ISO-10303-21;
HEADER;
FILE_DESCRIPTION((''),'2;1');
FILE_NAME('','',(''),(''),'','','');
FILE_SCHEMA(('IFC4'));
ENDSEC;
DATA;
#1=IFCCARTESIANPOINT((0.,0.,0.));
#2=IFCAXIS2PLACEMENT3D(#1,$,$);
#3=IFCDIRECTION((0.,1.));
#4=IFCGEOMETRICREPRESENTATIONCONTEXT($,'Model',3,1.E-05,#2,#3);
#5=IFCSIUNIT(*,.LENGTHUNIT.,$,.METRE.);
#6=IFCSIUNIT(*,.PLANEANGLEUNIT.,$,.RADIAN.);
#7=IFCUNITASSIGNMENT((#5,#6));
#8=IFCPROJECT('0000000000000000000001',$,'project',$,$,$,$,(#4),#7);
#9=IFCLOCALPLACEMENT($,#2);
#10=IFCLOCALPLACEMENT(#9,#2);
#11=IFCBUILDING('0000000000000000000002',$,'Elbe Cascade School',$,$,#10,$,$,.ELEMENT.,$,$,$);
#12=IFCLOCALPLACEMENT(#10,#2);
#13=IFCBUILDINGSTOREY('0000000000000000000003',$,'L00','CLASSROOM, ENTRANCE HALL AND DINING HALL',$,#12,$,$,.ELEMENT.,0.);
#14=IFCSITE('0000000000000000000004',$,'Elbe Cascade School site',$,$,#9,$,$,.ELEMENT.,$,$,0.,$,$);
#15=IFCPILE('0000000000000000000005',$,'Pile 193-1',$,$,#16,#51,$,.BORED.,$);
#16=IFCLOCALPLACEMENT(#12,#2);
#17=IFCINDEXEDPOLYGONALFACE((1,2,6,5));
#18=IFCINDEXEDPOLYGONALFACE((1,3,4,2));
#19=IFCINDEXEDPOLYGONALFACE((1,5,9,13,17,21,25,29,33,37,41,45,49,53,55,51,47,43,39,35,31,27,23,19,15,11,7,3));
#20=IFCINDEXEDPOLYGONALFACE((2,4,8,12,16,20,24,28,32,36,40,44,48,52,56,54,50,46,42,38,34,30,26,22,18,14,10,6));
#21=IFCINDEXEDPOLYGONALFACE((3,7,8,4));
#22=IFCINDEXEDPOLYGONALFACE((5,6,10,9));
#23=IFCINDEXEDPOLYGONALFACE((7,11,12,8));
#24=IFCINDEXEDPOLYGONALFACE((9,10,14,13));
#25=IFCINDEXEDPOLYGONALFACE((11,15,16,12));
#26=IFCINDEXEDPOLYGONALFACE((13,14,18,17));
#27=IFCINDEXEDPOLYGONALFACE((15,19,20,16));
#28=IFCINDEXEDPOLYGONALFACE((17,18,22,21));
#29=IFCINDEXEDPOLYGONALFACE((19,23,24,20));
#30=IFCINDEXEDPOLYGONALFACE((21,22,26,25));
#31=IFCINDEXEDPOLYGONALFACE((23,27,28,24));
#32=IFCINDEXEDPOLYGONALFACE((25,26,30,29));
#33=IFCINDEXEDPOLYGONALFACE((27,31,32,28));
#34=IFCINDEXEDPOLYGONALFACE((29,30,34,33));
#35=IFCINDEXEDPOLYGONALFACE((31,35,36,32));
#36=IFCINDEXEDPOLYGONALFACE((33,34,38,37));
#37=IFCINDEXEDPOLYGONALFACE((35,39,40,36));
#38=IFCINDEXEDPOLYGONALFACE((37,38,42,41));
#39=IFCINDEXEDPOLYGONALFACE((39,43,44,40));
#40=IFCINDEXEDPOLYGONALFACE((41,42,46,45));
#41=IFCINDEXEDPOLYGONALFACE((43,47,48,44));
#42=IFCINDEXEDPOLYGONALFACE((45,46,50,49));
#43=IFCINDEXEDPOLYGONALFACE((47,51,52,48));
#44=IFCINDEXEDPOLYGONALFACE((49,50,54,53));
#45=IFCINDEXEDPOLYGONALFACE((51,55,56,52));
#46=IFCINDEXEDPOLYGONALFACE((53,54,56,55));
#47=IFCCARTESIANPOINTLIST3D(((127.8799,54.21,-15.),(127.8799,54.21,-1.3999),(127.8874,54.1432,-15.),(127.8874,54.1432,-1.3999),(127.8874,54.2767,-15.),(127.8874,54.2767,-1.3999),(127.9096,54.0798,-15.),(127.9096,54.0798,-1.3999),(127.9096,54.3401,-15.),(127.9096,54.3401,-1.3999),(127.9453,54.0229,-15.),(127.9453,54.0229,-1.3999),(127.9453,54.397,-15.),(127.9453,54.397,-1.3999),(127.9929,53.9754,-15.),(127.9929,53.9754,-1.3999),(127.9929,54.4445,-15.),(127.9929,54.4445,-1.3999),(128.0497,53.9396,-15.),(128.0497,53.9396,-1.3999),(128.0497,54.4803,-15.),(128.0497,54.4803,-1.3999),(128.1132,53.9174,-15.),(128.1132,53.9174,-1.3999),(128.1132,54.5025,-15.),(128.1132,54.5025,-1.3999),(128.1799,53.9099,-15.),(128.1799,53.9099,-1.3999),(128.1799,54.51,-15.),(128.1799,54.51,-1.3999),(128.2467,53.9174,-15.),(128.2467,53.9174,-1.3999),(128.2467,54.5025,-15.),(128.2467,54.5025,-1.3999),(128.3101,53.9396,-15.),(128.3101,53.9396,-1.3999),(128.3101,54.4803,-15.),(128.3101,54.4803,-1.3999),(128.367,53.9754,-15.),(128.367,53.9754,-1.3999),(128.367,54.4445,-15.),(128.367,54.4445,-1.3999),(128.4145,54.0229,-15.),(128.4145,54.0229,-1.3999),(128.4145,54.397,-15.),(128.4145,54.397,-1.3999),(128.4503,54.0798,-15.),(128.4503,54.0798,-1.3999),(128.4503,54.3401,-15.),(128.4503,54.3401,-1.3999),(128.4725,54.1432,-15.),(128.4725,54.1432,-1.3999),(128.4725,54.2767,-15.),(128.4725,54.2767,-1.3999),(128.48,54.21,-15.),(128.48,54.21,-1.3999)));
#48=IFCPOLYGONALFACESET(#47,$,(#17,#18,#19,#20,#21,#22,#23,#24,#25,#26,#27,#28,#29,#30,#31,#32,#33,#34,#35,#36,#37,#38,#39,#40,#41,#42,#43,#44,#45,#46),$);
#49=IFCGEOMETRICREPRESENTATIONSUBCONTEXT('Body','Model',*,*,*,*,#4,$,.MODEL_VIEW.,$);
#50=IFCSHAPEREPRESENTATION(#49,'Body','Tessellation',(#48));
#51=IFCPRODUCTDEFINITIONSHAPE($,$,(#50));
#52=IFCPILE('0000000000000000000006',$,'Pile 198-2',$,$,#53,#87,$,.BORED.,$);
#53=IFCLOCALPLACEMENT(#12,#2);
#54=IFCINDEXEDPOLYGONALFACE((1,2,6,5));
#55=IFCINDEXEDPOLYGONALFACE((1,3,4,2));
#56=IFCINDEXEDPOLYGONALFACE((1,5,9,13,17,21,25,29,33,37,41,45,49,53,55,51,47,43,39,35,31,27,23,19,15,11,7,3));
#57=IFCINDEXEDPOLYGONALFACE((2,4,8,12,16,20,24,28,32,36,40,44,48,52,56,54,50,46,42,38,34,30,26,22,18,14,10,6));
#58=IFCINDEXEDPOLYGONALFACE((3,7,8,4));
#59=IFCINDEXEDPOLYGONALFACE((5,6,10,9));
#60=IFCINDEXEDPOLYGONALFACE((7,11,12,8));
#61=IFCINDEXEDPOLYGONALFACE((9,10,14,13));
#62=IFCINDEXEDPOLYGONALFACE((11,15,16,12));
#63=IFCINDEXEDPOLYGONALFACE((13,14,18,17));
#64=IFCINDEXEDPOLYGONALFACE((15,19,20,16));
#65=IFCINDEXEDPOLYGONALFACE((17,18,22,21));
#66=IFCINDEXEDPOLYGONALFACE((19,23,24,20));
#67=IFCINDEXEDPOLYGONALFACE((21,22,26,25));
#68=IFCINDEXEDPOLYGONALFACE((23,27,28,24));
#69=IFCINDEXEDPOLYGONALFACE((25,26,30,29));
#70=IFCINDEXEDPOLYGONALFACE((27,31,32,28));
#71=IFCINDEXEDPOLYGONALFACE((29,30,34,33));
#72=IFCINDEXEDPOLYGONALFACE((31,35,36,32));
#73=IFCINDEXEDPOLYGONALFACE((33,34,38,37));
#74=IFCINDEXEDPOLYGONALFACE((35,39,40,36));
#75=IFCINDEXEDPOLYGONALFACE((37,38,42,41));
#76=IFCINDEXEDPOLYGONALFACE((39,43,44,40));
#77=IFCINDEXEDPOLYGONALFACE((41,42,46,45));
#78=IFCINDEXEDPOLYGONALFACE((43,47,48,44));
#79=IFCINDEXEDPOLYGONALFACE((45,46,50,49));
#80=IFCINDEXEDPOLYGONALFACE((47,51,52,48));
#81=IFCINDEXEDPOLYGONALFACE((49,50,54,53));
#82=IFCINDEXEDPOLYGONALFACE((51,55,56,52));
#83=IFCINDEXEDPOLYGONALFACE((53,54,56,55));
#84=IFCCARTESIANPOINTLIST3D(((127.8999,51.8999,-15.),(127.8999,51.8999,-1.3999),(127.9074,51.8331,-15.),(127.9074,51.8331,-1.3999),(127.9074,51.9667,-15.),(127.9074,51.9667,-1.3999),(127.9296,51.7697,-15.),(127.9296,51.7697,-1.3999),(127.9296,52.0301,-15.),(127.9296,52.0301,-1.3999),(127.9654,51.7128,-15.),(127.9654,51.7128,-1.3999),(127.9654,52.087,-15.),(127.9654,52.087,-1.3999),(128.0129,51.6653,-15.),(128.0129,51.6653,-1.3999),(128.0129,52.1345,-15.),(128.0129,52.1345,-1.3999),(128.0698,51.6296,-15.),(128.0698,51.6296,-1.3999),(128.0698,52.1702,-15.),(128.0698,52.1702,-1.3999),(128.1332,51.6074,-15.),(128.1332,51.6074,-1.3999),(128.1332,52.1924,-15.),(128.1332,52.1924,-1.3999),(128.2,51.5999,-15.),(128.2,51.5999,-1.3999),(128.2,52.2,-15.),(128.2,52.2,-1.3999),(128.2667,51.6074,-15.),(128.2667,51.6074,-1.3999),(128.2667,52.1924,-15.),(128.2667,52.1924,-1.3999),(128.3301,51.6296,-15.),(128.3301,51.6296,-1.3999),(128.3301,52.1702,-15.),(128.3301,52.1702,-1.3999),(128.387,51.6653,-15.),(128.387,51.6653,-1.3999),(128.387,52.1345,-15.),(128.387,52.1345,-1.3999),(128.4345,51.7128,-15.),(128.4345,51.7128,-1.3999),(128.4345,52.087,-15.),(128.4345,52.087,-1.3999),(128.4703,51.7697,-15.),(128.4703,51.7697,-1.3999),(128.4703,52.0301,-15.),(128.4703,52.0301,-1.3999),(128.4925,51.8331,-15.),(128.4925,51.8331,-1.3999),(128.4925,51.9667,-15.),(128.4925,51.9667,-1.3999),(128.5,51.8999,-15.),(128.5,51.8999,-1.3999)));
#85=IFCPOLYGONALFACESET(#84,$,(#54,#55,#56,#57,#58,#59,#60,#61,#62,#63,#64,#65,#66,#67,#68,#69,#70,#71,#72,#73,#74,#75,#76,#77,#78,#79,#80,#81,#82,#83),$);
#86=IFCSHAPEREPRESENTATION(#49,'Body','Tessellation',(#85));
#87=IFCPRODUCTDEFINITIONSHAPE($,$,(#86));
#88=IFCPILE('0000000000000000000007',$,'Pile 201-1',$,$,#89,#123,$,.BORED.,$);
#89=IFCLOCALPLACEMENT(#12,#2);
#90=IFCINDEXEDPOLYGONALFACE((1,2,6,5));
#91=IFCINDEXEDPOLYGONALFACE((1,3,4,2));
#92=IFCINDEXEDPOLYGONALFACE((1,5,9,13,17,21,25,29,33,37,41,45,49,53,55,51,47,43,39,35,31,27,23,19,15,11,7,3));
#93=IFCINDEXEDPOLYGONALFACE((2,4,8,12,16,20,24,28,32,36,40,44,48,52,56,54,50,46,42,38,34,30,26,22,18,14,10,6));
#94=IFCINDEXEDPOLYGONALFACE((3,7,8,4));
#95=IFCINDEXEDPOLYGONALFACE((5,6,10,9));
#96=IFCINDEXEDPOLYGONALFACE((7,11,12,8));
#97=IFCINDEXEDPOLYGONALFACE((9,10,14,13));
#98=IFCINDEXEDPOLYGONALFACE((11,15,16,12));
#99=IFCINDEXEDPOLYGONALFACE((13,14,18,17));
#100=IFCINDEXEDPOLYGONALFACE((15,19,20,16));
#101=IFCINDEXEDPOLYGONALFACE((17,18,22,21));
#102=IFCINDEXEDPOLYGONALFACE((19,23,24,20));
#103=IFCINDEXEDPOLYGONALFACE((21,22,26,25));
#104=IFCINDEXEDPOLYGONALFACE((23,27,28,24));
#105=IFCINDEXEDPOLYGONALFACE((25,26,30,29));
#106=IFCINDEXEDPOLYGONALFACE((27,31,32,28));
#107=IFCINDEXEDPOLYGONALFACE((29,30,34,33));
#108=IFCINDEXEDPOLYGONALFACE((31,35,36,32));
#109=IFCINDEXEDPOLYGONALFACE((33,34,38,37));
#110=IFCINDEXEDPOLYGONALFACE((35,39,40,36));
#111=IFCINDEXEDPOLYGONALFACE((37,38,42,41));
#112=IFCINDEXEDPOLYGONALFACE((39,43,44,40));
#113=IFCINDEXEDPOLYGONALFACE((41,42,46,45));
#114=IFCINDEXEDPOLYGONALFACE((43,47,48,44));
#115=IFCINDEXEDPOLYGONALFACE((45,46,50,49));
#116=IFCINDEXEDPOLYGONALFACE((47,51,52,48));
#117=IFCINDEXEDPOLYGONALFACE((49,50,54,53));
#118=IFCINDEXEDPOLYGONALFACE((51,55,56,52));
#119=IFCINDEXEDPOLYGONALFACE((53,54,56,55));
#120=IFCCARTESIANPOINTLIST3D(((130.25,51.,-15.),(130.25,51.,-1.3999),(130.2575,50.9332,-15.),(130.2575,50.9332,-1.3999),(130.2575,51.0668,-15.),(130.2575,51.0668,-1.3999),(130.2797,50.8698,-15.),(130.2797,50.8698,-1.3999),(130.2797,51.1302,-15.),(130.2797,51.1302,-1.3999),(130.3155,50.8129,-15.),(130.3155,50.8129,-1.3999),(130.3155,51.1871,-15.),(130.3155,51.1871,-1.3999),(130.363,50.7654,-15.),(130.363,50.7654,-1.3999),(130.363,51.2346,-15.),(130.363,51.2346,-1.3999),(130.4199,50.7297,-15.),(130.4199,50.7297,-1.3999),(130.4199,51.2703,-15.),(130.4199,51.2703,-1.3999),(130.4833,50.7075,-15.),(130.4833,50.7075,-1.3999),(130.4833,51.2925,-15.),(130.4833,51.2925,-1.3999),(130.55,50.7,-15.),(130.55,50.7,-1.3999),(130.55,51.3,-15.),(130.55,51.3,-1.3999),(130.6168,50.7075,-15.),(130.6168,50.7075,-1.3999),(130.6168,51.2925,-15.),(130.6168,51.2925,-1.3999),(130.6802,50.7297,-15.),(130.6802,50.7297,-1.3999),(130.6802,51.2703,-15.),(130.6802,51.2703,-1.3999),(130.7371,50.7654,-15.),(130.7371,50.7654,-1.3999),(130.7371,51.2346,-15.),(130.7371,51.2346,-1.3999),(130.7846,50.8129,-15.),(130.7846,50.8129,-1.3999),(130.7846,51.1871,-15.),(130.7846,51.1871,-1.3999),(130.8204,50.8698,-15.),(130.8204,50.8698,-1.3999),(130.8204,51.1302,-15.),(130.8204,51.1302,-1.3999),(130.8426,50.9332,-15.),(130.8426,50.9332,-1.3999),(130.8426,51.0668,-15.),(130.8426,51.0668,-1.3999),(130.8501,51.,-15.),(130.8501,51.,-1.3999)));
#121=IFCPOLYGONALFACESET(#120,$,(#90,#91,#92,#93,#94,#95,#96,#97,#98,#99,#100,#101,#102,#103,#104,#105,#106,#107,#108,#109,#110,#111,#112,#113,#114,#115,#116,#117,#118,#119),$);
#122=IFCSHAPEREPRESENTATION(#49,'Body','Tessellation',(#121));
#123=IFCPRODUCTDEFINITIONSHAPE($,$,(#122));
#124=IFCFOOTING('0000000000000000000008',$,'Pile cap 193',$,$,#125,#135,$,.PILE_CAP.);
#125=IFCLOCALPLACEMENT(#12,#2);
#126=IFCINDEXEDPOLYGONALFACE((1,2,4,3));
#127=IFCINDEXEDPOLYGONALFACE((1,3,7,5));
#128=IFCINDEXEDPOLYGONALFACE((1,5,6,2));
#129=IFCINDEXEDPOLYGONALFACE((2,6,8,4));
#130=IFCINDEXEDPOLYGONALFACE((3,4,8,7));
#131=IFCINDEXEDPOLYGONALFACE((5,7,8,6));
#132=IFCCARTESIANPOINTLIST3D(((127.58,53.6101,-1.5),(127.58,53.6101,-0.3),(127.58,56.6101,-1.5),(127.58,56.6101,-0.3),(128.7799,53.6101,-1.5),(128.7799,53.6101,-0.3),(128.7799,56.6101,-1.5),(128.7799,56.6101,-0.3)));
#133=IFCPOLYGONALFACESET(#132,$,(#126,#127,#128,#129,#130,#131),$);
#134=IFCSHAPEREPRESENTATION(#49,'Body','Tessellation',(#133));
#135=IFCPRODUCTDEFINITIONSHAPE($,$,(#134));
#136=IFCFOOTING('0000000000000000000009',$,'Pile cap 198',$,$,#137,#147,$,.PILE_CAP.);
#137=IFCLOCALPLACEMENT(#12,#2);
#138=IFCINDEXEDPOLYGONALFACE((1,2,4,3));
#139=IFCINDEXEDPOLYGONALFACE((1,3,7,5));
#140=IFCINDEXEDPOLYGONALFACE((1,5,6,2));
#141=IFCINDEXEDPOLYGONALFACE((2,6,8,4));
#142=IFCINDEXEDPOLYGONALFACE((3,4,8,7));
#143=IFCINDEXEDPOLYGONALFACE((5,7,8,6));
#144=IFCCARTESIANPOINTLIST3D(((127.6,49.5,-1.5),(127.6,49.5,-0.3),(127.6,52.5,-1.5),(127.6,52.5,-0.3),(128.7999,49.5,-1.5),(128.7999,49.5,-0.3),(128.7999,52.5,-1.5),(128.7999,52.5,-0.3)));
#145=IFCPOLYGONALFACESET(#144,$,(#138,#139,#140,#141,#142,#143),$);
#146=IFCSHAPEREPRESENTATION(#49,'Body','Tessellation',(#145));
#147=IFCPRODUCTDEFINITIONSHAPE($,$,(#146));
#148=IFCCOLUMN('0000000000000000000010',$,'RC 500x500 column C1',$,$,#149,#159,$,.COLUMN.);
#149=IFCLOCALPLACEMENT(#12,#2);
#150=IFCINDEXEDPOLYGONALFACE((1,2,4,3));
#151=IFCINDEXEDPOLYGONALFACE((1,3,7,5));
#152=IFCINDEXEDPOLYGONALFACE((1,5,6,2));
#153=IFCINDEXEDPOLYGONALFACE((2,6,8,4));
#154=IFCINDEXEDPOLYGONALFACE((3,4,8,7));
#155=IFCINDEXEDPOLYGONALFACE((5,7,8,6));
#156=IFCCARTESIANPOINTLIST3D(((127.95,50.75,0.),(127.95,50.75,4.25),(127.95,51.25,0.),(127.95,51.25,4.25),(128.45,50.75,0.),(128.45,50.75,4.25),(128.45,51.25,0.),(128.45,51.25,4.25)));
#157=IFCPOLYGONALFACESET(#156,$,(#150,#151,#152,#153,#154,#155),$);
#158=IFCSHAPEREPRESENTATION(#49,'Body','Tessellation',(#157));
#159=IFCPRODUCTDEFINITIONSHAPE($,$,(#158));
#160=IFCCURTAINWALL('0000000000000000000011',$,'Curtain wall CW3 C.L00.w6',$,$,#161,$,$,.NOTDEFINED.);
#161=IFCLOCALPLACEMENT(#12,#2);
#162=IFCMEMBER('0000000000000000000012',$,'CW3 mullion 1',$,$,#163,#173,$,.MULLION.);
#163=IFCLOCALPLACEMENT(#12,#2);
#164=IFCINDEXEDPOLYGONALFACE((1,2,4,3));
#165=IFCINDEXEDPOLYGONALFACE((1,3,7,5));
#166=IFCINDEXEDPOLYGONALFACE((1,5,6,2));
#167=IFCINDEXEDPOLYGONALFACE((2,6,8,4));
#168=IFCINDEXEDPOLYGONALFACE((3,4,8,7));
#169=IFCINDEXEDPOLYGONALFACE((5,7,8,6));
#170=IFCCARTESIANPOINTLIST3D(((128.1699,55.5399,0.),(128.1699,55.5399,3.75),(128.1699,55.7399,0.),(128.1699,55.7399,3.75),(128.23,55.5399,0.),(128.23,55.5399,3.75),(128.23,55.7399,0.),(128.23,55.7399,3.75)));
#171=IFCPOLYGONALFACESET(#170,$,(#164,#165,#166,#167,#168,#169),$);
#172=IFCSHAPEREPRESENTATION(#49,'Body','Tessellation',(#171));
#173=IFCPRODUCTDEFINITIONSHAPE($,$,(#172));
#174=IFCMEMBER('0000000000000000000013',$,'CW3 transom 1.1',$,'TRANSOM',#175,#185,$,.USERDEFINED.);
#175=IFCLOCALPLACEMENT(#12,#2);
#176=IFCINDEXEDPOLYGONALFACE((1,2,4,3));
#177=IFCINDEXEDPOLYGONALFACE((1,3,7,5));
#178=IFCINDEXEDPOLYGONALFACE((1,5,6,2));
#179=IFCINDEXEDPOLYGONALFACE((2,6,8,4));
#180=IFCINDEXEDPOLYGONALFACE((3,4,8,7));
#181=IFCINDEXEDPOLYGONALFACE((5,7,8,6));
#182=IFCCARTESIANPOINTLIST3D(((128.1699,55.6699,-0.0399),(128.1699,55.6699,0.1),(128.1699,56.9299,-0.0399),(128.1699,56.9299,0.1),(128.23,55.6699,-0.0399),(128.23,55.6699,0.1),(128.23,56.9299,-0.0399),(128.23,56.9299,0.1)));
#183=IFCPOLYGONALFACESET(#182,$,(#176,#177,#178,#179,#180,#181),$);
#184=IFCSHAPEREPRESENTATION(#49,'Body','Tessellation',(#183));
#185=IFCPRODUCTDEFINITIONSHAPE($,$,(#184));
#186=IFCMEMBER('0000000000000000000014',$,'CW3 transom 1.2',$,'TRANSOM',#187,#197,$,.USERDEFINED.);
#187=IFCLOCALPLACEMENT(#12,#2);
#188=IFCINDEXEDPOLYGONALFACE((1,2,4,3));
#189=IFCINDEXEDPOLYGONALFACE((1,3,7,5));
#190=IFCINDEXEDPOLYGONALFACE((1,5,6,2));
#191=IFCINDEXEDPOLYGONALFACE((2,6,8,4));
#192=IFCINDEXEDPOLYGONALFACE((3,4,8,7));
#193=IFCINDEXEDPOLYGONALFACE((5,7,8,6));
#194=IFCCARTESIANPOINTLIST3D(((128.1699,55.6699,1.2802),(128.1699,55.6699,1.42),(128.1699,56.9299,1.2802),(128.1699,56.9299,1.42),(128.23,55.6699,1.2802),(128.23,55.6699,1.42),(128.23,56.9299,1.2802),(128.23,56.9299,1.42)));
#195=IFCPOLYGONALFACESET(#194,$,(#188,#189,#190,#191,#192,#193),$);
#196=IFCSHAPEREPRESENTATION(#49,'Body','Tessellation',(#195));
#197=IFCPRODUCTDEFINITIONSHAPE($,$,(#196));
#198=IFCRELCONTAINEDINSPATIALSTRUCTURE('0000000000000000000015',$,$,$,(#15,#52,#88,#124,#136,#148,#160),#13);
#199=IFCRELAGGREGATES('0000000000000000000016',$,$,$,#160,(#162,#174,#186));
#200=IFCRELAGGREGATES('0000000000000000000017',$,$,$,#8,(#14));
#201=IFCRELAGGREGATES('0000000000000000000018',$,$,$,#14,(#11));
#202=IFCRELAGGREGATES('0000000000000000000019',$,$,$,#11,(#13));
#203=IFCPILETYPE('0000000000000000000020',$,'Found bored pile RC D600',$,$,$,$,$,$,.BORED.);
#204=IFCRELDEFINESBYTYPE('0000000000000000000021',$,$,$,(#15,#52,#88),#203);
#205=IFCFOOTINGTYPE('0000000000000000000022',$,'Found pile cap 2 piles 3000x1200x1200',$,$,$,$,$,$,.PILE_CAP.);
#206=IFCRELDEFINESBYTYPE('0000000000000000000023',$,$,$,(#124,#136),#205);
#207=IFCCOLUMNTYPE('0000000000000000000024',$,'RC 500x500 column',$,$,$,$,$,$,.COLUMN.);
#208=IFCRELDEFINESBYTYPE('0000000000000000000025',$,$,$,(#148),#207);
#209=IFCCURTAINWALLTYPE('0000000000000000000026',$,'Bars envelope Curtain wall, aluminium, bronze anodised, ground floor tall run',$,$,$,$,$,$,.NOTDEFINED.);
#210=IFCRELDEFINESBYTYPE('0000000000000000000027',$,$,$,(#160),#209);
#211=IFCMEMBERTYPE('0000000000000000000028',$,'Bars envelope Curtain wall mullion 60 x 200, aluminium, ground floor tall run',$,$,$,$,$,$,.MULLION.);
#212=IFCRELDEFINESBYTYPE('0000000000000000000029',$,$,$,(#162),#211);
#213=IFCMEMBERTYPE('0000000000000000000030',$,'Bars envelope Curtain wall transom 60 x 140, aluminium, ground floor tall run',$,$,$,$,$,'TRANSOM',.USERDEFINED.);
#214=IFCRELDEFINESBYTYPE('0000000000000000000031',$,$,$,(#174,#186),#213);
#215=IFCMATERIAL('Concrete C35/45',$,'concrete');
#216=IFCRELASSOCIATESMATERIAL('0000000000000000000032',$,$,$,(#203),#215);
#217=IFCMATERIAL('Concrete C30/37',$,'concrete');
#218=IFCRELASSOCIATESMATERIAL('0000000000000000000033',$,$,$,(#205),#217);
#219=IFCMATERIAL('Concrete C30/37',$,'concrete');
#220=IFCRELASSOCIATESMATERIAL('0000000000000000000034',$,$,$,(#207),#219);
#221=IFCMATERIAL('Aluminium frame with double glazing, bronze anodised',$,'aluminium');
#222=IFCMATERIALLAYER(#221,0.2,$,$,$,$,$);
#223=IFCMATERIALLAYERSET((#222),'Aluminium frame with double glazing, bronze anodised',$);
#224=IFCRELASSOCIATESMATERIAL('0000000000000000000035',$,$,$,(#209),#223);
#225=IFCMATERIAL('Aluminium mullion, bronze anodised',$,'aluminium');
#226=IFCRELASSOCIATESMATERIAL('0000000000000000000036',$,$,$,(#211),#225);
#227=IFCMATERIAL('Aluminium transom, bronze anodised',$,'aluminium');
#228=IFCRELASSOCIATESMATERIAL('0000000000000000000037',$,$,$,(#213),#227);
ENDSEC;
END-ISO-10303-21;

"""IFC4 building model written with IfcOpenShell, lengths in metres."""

from ifc_helpers import new_model, si_unit, direction, frame, origin, origin_2d, place, context, subcontext, project, spatial, rectangle, circle, extrude, material, layer, layer_set, material_profile, profile_set, type_object, element, aggregate, save


model = new_model("IFC4")

# Units and contexts
model_context = context("Model", 3, precision=1e-05, world=origin(), true_north=direction((0.0, 1.0)))
body_context = subcontext(model_context, "Body", "Model", "MODEL_VIEW")
ifc_project = project(units=[si_unit("LENGTHUNIT", "METRE"), si_unit("PLANEANGLEUNIT", "RADIAN")], contexts=[model_context])

# Site, building, storey
site_placement = place(None, origin())
site = spatial("IfcSite", under=ifc_project, at=site_placement, Name="Elbe Cascade School site", CompositionType="ELEMENT", RefElevation=0.0)
building_placement = place(site_placement, origin())
building = spatial("IfcBuilding", under=site, at=building_placement, Name="Elbe Cascade School", CompositionType="ELEMENT")
storey_placement = place(building_placement, origin())
storey = spatial("IfcBuildingStorey", under=building, at=storey_placement, Name="L00", Description="CLASSROOM, ENTRANCE HALL AND DINING HALL", CompositionType="ELEMENT", Elevation=0.0)

# Piles
ifc_material_1 = material(Name="Concrete C35/45", Category="concrete")
ifc_material_profile_1 = material_profile(ifc_material_1, circle(Radius=0.3, at=origin_2d()), Name="RC D600")
ifc_profile_set_1 = profile_set([ifc_material_profile_1], Name="Concrete C35/45")
pile_type = type_object("IfcPileType", Name="Found bored pile RC D600", PredefinedType="BORED", material=ifc_profile_set_1)
for number, where, z_axis, x_axis, name in (
    (1, (128.1799, 54.21, -1.3999), (0.0, 0.0, -1.0), (1.0, 0.0, 0.0), "Pile 193-1"),
    (2, (128.2, 51.8999, -1.3999), (0.0, 0.0, -1.0), (1.0, 0.0, 0.0), "Pile 198-2"),
    (3, (130.55, 51.0, -1.3999), (0.0, 0.0, -1.0), (1.0, 0.0, 0.0), "Pile 201-1"),
):
    element("IfcPile", number, at=place(storey_placement, frame(where, z_axis=z_axis, x_axis=x_axis)), inside=storey, type_object=pile_type, Name=name, PredefinedType="BORED", context=body_context, shape_type="SweptSolid", body=[
        extrude(circle(Radius=0.3, at=origin_2d()), origin(), (0.0, 0.0, 1.0), 13.6001),
    ])

# Footings
ifc_material_2 = material(Name="Concrete C30/37", Category="concrete")
footing_type = type_object("IfcFootingType", Name="Found pile cap 2 piles 3000x1200x1200", PredefinedType="PILE_CAP", material=ifc_material_2)
for number, where, z_axis, x_axis, name in (
    (4, (128.1799, 55.1101, -1.5), (0.0, 0.0, 1.0), (1.0, 0.0, 0.0), "Pile cap 193"),
    (5, (128.2, 51.0, -1.5), (0.0, 0.0, 1.0), (1.0, 0.0, 0.0), "Pile cap 198"),
):
    element("IfcFooting", number, at=place(storey_placement, frame(where, z_axis=z_axis, x_axis=x_axis)), inside=storey, type_object=footing_type, Name=name, PredefinedType="PILE_CAP", context=body_context, shape_type="SweptSolid", body=[
        extrude(rectangle(XDim=1.2, YDim=3.0, at=origin_2d()), origin(), (0.0, 0.0, 1.0), 1.2),
    ])

# Column
ifc_material_3 = material(Name="Concrete C30/37", Category="concrete")
ifc_material_profile_2 = material_profile(ifc_material_3, rectangle(XDim=0.5, YDim=0.5, at=origin_2d()), Name="RC 500x500")
ifc_profile_set_2 = profile_set([ifc_material_profile_2], Name="Concrete C30/37")
column_type = type_object("IfcColumnType", Name="RC 500x500 column", PredefinedType="COLUMN", material=ifc_profile_set_2)
column_placement = place(storey_placement, frame((128.2, 51.0, 0.0), z_axis=(0.0, 0.0, 1.0), x_axis=(1.0, 0.0, 0.0)))
element("IfcColumn", 6, at=column_placement, inside=storey, type_object=column_type, Name="RC 500x500 column C1", PredefinedType="COLUMN", context=body_context, shape_type="SweptSolid", body=[
    extrude(rectangle(XDim=0.5, YDim=0.5, at=origin_2d()), origin(), (0.0, 0.0, 1.0), 4.25),
])

# Curtain wall, members
ifc_material_4 = material(Name="Aluminium frame with double glazing, bronze anodised", Category="aluminium")
ifc_layer_1 = layer(ifc_material_4, 0.2)
ifc_layer_set_1 = layer_set([ifc_layer_1], Name="Aluminium frame with double glazing, bronze anodised")
curtain_wall_type = type_object("IfcCurtainWallType", Name="Bars envelope Curtain wall, aluminium, bronze anodised, ground floor tall run", PredefinedType="NOTDEFINED", material=ifc_layer_set_1)
curtain_wall_placement = place(storey_placement, origin())
curtain_wall = element("IfcCurtainWall", 7, at=curtain_wall_placement, inside=storey, type_object=curtain_wall_type, Name="Curtain wall CW3 C.L00.w6", PredefinedType="NOTDEFINED")
ifc_material_5 = material(Name="Aluminium mullion, bronze anodised", Category="aluminium")
ifc_material_profile_3 = material_profile(ifc_material_5, rectangle(XDim=0.0601, YDim=0.2, at=origin_2d()), Name="Bars envelope Curtain wall mullion 60 x 200, aluminium, ground floor tall run")
ifc_profile_set_3 = profile_set([ifc_material_profile_3], Name="Aluminium mullion, bronze anodised")
member_type_1 = type_object("IfcMemberType", Name="Bars envelope Curtain wall mullion 60 x 200, aluminium, ground floor tall run", PredefinedType="MULLION", material=ifc_profile_set_3)
member_1_placement = place(storey_placement, frame((128.2, 55.6399, 0.0), z_axis=(0.0, 0.0, 1.0), x_axis=(-1.0, 0.0, 0.0)))
member_1 = element("IfcMember", 8, at=member_1_placement, type_object=member_type_1, Name="CW3 mullion 1", PredefinedType="MULLION", context=body_context, shape_type="SweptSolid", body=[
    extrude(rectangle(XDim=0.0601, YDim=0.2, at=origin_2d()), origin(), (0.0, 0.0, 1.0), 3.75),
])
ifc_material_6 = material(Name="Aluminium transom, bronze anodised", Category="aluminium")
ifc_material_profile_4 = material_profile(ifc_material_6, rectangle(XDim=0.0601, YDim=0.1399, at=origin_2d()), Name="Bars envelope Curtain wall transom 60 x 140, aluminium, ground floor tall run")
ifc_profile_set_4 = profile_set([ifc_material_profile_4], Name="Aluminium transom, bronze anodised")
member_type_2 = type_object("IfcMemberType", Name="Bars envelope Curtain wall transom 60 x 140, aluminium, ground floor tall run", ElementType="TRANSOM", PredefinedType="USERDEFINED", material=ifc_profile_set_4)
member_2_placement = place(storey_placement, frame((128.2, 55.6699, 0.03), z_axis=(0.0, 1.0, 0.0), x_axis=(-1.0, 0.0, 0.0)))
member_2 = element("IfcMember", 9, at=member_2_placement, type_object=member_type_2, Name="CW3 transom 1.1", ObjectType="TRANSOM", PredefinedType="USERDEFINED", context=body_context, shape_type="SweptSolid", body=[
    extrude(rectangle(XDim=0.0601, YDim=0.1399, at=origin_2d()), origin(), (0.0, 0.0, 1.0), 1.26),
])
member_3_placement = place(storey_placement, frame((128.2, 55.6699, 1.3501), z_axis=(0.0, 1.0, 0.0), x_axis=(-1.0, 0.0, 0.0)))
member_3 = element("IfcMember", 10, at=member_3_placement, type_object=member_type_2, Name="CW3 transom 1.2", ObjectType="TRANSOM", PredefinedType="USERDEFINED", context=body_context, shape_type="SweptSolid", body=[
    extrude(rectangle(XDim=0.0601, YDim=0.1399, at=origin_2d()), origin(), (0.0, 0.0, 1.0), 1.26),
])
aggregate(curtain_wall, [member_1, member_2, member_3])

save(model, "model.ifc")
